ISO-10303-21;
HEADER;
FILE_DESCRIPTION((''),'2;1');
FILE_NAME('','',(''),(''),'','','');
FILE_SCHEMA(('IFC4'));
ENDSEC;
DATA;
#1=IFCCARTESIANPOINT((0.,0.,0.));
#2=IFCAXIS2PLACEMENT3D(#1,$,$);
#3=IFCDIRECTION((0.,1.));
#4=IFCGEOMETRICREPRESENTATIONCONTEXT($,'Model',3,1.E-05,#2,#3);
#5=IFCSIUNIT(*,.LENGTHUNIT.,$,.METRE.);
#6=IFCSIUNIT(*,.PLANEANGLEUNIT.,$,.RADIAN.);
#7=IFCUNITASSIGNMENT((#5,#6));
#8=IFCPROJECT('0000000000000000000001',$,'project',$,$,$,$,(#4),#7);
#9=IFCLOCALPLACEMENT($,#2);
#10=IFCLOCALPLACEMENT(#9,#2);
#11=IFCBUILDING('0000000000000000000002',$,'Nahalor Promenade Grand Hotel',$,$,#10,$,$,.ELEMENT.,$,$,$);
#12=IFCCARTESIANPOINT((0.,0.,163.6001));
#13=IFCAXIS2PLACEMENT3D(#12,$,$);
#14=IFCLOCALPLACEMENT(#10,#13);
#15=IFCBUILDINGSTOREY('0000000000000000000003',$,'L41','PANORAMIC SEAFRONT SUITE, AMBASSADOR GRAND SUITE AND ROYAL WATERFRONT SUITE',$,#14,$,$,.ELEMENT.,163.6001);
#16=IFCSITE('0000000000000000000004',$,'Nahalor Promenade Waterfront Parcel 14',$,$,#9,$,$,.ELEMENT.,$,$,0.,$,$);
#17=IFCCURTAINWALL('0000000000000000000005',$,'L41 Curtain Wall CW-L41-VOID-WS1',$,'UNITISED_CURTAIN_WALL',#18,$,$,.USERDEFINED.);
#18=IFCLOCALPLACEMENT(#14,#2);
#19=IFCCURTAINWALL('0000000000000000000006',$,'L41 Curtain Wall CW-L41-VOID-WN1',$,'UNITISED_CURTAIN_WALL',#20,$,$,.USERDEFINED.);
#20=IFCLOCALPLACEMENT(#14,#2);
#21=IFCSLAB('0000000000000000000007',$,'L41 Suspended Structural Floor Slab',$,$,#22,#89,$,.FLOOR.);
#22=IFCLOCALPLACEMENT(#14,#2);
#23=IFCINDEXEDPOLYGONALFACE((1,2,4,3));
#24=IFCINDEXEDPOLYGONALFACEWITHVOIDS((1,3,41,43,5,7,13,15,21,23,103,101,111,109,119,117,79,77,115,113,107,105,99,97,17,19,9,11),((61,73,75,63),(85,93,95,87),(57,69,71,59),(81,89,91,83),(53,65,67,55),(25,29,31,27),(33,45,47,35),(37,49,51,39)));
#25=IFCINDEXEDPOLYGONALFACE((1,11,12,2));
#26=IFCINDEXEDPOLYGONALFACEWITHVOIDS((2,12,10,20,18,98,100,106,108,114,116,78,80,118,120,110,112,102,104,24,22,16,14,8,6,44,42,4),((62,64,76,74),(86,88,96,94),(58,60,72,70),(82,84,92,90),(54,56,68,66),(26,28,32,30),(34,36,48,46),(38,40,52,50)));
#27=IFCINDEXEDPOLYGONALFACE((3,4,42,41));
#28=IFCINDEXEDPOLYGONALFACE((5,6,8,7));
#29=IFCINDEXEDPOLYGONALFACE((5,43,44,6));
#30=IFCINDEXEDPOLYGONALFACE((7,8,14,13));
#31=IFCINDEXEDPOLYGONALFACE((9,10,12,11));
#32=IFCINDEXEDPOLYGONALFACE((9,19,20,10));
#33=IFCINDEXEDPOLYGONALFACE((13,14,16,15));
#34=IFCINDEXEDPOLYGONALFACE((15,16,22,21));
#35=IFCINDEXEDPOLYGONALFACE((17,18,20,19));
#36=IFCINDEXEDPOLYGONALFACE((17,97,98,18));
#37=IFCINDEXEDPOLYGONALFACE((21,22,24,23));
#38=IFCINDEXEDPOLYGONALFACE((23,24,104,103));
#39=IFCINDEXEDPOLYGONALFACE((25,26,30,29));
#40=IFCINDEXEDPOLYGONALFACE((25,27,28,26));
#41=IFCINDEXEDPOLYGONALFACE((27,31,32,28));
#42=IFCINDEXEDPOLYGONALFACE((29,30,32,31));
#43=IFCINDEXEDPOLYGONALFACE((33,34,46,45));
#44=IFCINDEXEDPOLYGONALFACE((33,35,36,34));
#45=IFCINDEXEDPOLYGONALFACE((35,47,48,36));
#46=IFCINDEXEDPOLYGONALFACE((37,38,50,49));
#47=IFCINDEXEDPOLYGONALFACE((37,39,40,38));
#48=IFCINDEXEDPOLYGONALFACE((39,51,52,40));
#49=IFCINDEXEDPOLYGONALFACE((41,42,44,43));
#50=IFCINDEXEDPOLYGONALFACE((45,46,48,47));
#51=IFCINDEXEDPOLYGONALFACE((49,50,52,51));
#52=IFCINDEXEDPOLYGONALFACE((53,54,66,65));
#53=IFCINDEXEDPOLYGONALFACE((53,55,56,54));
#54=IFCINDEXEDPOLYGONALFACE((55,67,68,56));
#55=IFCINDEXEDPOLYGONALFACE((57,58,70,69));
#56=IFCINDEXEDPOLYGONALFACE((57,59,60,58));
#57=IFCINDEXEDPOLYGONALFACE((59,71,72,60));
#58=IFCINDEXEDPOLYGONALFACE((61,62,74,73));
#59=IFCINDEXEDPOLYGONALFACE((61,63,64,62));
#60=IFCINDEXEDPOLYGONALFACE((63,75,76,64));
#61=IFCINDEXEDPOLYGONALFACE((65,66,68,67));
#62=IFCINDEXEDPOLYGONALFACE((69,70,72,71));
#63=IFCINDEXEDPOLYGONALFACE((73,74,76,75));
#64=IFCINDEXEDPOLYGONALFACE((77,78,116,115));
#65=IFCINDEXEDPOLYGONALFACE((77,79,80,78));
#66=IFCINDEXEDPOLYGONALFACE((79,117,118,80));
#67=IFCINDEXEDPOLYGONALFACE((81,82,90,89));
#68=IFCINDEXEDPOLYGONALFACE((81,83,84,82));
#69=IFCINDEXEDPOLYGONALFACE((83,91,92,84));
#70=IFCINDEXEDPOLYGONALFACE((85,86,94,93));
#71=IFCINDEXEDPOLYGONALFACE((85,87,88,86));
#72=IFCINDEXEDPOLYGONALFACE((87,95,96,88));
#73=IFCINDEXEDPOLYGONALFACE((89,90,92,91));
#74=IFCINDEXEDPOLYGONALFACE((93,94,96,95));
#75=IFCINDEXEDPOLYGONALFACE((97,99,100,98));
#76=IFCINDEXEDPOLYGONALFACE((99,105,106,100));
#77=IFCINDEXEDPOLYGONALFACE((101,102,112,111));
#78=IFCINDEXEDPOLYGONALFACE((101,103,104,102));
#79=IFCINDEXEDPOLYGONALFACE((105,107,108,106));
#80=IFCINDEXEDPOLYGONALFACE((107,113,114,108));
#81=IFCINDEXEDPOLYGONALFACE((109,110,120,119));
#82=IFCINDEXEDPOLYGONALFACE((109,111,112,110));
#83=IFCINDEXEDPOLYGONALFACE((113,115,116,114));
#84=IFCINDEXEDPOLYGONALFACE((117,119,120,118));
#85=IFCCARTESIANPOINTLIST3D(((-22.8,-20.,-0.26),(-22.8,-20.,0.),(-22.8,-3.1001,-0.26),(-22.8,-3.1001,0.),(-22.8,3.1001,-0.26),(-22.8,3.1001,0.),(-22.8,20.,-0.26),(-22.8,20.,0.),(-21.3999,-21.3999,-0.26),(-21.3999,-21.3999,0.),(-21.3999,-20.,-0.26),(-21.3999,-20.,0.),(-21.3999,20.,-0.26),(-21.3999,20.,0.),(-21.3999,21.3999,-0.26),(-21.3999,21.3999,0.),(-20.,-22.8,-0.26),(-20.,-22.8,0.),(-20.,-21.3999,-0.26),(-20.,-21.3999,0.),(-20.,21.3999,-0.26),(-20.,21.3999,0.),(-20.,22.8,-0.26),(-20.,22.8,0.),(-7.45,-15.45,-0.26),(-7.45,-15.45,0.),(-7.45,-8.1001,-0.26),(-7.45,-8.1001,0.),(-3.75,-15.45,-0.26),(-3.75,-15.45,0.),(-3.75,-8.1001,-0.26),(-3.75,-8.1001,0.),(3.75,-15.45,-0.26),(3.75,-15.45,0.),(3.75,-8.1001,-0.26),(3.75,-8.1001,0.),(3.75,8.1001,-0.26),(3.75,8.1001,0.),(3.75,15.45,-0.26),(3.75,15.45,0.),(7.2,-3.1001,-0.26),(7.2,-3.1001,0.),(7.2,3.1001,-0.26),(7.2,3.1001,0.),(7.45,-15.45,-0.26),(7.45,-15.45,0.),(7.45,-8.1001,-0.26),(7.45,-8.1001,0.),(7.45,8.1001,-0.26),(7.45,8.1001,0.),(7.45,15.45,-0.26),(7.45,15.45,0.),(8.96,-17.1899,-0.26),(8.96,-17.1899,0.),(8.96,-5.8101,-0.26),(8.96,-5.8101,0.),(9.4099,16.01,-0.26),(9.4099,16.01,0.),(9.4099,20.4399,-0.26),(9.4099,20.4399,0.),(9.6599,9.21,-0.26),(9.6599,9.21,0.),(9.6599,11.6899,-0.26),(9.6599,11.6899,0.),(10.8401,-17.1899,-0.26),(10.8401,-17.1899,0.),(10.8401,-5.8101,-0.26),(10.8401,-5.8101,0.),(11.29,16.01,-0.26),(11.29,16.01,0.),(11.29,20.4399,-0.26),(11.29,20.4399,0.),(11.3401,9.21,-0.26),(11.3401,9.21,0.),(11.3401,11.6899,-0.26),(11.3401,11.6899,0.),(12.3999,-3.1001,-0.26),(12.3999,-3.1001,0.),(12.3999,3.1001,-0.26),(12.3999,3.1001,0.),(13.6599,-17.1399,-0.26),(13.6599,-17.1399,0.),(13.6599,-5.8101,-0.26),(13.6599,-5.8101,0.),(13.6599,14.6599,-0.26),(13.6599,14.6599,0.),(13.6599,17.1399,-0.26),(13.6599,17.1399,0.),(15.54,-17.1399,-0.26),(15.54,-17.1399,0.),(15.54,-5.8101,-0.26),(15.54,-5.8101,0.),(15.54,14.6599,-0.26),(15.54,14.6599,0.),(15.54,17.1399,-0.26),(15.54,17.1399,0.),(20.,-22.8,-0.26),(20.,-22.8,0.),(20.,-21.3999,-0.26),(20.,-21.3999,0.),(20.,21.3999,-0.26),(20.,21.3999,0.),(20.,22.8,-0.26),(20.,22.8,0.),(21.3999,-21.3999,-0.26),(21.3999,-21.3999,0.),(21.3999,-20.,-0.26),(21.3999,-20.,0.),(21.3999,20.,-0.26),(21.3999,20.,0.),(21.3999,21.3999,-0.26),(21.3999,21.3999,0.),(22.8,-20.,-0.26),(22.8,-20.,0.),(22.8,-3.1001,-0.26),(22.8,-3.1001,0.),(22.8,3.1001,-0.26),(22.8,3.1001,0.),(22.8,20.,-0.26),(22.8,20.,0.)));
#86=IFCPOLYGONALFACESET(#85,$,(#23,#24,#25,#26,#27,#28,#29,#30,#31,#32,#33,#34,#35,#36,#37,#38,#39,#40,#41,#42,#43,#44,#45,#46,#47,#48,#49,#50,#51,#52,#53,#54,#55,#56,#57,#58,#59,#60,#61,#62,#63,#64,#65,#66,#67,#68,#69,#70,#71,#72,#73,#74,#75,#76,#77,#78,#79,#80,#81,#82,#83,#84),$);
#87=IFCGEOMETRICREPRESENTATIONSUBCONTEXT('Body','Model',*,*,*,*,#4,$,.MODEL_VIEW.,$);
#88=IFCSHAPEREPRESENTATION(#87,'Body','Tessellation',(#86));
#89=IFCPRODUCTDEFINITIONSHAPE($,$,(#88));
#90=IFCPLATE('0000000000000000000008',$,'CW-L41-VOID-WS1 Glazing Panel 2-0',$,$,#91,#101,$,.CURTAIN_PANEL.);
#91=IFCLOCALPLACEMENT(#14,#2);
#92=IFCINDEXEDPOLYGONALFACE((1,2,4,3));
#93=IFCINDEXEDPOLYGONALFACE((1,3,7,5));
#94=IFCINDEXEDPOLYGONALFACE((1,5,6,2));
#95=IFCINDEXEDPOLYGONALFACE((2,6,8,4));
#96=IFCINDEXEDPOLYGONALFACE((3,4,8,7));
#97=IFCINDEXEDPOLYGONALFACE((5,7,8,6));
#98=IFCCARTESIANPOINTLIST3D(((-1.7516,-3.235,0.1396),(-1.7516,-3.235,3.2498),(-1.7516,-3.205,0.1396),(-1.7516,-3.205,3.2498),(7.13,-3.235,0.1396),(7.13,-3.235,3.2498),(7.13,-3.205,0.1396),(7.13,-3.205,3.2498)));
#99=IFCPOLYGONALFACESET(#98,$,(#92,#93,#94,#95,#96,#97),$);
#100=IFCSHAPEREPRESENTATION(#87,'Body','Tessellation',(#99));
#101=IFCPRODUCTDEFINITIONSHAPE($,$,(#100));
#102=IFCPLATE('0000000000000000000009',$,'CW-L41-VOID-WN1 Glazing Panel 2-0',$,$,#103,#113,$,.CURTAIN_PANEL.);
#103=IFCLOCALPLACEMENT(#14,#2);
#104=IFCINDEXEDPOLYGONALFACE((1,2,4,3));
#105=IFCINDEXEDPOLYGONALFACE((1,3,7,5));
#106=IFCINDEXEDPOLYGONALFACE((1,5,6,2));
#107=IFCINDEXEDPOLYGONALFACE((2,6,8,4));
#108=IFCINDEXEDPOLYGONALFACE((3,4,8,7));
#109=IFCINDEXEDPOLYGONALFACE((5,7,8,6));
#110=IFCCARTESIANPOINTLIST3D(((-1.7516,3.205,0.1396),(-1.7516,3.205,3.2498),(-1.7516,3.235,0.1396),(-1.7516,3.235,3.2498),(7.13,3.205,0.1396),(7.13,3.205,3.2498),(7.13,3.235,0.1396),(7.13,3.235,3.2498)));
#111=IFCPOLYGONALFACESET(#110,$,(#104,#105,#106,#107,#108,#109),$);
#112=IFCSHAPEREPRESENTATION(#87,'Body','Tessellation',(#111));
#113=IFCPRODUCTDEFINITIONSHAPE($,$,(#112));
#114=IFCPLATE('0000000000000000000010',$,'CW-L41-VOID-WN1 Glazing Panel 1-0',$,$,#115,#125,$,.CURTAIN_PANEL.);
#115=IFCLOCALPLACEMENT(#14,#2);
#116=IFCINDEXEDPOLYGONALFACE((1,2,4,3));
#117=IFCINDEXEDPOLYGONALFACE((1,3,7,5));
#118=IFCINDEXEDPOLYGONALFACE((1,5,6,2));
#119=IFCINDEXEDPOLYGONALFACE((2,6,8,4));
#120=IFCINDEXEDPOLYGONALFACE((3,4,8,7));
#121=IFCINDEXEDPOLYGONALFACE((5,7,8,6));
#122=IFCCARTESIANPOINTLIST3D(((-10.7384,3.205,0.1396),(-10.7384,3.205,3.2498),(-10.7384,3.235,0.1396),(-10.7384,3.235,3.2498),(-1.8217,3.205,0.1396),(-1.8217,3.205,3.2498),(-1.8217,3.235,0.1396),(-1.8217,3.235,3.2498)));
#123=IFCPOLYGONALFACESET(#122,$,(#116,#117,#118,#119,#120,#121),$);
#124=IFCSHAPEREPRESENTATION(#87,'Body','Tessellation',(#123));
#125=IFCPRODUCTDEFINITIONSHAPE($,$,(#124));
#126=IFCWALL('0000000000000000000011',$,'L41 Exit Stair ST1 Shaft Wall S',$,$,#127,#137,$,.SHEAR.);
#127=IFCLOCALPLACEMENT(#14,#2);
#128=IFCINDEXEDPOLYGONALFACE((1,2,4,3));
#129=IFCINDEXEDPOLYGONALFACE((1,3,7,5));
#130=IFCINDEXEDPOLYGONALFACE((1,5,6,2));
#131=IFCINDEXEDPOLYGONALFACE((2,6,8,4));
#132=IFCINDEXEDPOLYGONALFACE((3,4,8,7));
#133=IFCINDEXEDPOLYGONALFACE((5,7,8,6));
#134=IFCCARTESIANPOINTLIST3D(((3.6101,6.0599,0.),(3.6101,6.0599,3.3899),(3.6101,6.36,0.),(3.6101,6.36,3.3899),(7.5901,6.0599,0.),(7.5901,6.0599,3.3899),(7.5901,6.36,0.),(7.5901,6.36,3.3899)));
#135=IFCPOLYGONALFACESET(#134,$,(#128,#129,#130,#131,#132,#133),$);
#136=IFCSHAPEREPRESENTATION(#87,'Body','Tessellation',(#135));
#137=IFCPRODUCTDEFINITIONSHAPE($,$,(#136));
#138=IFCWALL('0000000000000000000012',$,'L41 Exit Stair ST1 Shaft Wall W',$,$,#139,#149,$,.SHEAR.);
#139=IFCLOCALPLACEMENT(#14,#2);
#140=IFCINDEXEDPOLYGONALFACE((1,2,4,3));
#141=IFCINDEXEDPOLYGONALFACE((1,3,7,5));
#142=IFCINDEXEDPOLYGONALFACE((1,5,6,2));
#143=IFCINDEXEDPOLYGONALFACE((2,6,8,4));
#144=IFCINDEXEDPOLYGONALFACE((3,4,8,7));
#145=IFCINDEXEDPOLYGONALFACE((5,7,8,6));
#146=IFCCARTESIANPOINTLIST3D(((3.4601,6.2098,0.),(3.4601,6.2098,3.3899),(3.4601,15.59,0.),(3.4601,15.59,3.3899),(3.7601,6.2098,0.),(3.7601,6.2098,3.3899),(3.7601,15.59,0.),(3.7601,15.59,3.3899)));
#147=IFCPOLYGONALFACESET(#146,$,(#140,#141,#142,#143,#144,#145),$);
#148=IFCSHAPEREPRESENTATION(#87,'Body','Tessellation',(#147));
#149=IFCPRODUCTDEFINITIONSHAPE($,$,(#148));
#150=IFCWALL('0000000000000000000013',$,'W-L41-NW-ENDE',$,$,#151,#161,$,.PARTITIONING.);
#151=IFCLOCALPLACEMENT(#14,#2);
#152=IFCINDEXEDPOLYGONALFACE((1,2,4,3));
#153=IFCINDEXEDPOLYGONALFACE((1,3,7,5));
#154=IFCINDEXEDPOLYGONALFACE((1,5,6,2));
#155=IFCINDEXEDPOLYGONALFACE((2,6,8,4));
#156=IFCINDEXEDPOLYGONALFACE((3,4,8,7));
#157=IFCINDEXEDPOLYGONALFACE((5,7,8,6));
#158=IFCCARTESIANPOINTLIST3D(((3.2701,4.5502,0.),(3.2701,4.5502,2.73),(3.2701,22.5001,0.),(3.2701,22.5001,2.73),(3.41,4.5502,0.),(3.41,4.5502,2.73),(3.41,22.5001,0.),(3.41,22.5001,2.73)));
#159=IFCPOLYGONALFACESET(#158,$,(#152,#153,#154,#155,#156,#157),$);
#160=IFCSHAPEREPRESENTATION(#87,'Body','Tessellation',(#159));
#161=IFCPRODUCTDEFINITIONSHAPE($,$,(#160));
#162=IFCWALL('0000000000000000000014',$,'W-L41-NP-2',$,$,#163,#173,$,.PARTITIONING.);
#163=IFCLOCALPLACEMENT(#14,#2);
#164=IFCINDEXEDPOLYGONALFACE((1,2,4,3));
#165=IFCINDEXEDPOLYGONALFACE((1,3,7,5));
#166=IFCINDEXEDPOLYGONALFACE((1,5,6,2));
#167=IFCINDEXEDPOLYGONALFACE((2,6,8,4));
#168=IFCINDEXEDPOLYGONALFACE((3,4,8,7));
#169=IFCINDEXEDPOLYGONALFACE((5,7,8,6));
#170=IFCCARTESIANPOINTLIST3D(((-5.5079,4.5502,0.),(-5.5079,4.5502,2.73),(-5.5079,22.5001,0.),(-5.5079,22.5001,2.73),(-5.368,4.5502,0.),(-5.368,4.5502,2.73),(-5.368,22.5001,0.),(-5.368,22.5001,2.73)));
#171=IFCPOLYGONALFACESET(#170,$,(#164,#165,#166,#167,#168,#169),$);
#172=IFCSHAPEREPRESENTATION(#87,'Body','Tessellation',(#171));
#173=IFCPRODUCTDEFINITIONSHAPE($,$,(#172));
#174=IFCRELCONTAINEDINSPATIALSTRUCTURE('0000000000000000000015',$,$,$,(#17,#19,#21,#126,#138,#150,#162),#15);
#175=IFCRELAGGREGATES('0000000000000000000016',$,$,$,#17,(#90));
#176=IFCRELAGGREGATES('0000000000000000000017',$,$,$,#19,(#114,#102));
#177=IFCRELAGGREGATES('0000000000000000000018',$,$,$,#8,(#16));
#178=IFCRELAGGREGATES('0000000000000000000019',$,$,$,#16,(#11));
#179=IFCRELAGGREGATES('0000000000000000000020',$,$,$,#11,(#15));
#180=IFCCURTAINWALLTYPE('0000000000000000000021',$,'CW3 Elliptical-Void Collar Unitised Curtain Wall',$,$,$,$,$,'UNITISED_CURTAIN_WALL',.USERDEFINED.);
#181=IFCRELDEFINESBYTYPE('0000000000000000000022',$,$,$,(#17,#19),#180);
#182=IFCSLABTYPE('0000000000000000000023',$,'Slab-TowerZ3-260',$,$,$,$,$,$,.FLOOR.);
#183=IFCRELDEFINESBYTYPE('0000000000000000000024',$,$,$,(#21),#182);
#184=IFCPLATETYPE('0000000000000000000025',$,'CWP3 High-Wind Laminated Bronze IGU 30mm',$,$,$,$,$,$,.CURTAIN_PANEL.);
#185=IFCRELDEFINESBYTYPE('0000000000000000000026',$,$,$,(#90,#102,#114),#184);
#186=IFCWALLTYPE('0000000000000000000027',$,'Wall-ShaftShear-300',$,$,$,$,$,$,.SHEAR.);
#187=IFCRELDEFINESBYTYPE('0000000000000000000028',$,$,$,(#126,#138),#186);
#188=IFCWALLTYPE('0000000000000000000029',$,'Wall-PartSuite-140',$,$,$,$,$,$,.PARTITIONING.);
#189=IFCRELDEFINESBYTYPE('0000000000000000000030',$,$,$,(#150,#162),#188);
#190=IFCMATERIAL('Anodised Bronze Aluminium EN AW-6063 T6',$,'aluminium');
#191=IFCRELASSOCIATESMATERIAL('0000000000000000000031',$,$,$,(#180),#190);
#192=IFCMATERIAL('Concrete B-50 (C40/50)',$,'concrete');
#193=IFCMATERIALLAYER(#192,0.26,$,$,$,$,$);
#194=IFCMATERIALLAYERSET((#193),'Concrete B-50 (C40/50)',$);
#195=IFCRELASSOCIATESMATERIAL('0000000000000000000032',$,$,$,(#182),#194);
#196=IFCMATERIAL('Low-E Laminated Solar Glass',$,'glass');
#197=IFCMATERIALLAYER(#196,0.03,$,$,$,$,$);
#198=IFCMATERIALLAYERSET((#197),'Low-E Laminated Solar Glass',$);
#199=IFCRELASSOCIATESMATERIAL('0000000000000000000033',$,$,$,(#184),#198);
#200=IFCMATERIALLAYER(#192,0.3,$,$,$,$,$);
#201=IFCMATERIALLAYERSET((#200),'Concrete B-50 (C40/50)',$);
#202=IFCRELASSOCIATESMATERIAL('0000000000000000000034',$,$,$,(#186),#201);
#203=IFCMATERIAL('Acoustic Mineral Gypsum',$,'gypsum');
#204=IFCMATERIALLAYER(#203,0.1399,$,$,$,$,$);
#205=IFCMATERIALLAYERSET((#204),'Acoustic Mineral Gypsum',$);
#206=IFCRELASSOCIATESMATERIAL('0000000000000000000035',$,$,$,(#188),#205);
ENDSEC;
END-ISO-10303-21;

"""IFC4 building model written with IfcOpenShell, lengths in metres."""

from ifc_helpers import new_model, si_unit, direction, frame, frame_2d, origin, origin_2d, place, context, subcontext, project, spatial, polyline, rectangle, outline, extrude, source, transform, mapped, material, layer, layer_set, type_object, element, aggregate, save


model = new_model("IFC4")

# Units and contexts
model_context = context("Model", 3, precision=1e-05, world=origin(), true_north=direction((0.0, 1.0)))
body_context = subcontext(model_context, "Body", "Model", "MODEL_VIEW")
ifc_project = project(units=[si_unit("LENGTHUNIT", "METRE"), si_unit("PLANEANGLEUNIT", "RADIAN")], contexts=[model_context])

# Site, building, storey
site_placement = place(None, origin())
site = spatial("IfcSite", under=ifc_project, at=site_placement, Name="Nahalor Promenade Waterfront Parcel 14", CompositionType="ELEMENT", RefElevation=0.0)
building_placement = place(site_placement, origin())
building = spatial("IfcBuilding", under=site, at=building_placement, Name="Nahalor Promenade Grand Hotel", CompositionType="ELEMENT")
storey_placement = place(building_placement, frame((0.0, 0.0, 163.6001)))
storey = spatial("IfcBuildingStorey", under=building, at=storey_placement, Name="L41", Description="PANORAMIC SEAFRONT SUITE, AMBASSADOR GRAND SUITE AND ROYAL WATERFRONT SUITE", CompositionType="ELEMENT", Elevation=163.6001)

# Curtain wall
ifc_material_1 = material(Name="Anodised Bronze Aluminium EN AW-6063 T6", Category="aluminium")
curtain_wall_type = type_object("IfcCurtainWallType", Name="CW3 Elliptical-Void Collar Unitised Curtain Wall", ElementType="UNITISED_CURTAIN_WALL", PredefinedType="USERDEFINED", material=ifc_material_1)
curtain_wall_1_placement = place(storey_placement, origin())
curtain_wall_1 = element("IfcCurtainWall", 1, at=curtain_wall_1_placement, inside=storey, type_object=curtain_wall_type, Name="L41 Curtain Wall CW-L41-VOID-WS1", ObjectType="UNITISED_CURTAIN_WALL", PredefinedType="USERDEFINED")

# Curtain wall
curtain_wall_2_placement = place(storey_placement, origin())
curtain_wall_2 = element("IfcCurtainWall", 2, at=curtain_wall_2_placement, inside=storey, type_object=curtain_wall_type, Name="L41 Curtain Wall CW-L41-VOID-WN1", ObjectType="UNITISED_CURTAIN_WALL", PredefinedType="USERDEFINED")

# Shared definitions
ifc_material_2 = material(Name="Concrete B-50 (C40/50)", Category="concrete")

# Slab
ifc_layer_1 = layer(ifc_material_2, 0.26)
ifc_layer_set_1 = layer_set([ifc_layer_1], Name="Concrete B-50 (C40/50)")
slab_type_1 = type_object("IfcSlabType", Name="Slab-TowerZ3-260", PredefinedType="FLOOR", material=ifc_layer_set_1)
slab_1_placement = place(storey_placement, frame((0.0, 0.0, -0.26)))
element("IfcSlab", 3, at=slab_1_placement, inside=storey, type_object=slab_type_1, Name="L41 Suspended Structural Floor Slab", PredefinedType="FLOOR", context=body_context, shape_type="SweptSolid", body=[
    extrude(outline(polyline([(-20.0, -22.8), (20.0, -22.8), (20.0, -21.3999), (21.3999, -21.3999), (21.3999, -20.0), (22.8, -20.0), (22.8, -3.1001), (12.3999, -3.1001), (12.3999, 3.1001), (22.8, 3.1001), (22.8, 20.0), (21.3999, 20.0), (21.3999, 21.3999), (20.0, 21.3999), (20.0, 22.8), (-20.0, 22.8), (-20.0, 21.3999), (-21.3999, 21.3999), (-21.3999, 20.0), (-22.8, 20.0), (-22.8, 3.1001), (7.2, 3.1001), (7.2, -3.1001), (-22.8, -3.1001), (-22.8, -20.0), (-21.3999, -20.0), (-21.3999, -21.3999), (-20.0, -21.3999), (-20.0, -22.8)]), holes=[polyline([(3.75, 8.1001), (7.45, 8.1001), (7.45, 15.45), (3.75, 15.45), (3.75, 8.1001)]), polyline([(3.75, -15.45), (7.45, -15.45), (7.45, -8.1001), (3.75, -8.1001), (3.75, -15.45)]), polyline([(-7.45, -15.45), (-3.75, -15.45), (-3.75, -8.1001), (-7.45, -8.1001), (-7.45, -15.45)]), polyline([(13.6599, -17.1399), (15.54, -17.1399), (15.54, -5.8101), (13.6599, -5.8101), (13.6599, -17.1399)]), polyline([(8.96, -17.1899), (10.8401, -17.1899), (10.8401, -5.8101), (8.96, -5.8101), (8.96, -17.1899)]), polyline([(9.4099, 16.01), (11.29, 16.01), (11.29, 20.4399), (9.4099, 20.4399), (9.4099, 16.01)]), polyline([(9.6599, 9.21), (11.3401, 9.21), (11.3401, 11.6899), (9.6599, 11.6899), (9.6599, 9.21)]), polyline([(13.6599, 14.6599), (15.54, 14.6599), (15.54, 17.1399), (13.6599, 17.1399), (13.6599, 14.6599)])]), origin(), (0.0, 0.0, 1.0), 0.26),
])

# Plates
ifc_material_3 = material(Name="Low-E Laminated Solar Glass", Category="glass")
ifc_layer_2 = layer(ifc_material_3, 0.03)
ifc_layer_set_2 = layer_set([ifc_layer_2], Name="Low-E Laminated Solar Glass")
plate_type = type_object("IfcPlateType", Name="CWP3 High-Wind Laminated Bronze IGU 30mm", PredefinedType="CURTAIN_PANEL", material=ifc_layer_set_2)
shared_shape_1 = source(origin(), body_context, "Body", "SweptSolid", [
    extrude(rectangle(XDim=8.8816, YDim=0.03, at=origin_2d()), origin(), (0.0, 0.0, 1.0), 3.1101),
])
plate_1_placement = place(storey_placement, frame((2.6892, -3.22, 0.1396), z_axis=(0.0, 0.0, 1.0), x_axis=(1.0, 0.0, 0.0)))
plate_1 = element("IfcPlate", 4, at=plate_1_placement, type_object=plate_type, Name="CW-L41-VOID-WS1 Glazing Panel 2-0", PredefinedType="CURTAIN_PANEL", context=body_context, shape_type="MappedRepresentation", body=[
    mapped(shared_shape_1, transform((0.0, 0.0, 0.0), scale=1.0)),
])
aggregate(curtain_wall_1, [plate_1])
plate_2_placement = place(storey_placement, frame((2.6892, 3.22, 0.1396), z_axis=(0.0, 0.0, 1.0), x_axis=(1.0, 0.0, 0.0)))
plate_2 = element("IfcPlate", 5, at=plate_2_placement, type_object=plate_type, Name="CW-L41-VOID-WN1 Glazing Panel 2-0", PredefinedType="CURTAIN_PANEL", context=body_context, shape_type="MappedRepresentation", body=[
    mapped(shared_shape_1, transform((0.0, 0.0, 0.0), scale=1.0)),
])
shared_shape_2 = source(origin(), body_context, "Body", "SweptSolid", [
    extrude(rectangle(XDim=8.9167, YDim=0.03, at=origin_2d()), origin(), (0.0, 0.0, 1.0), 3.1101),
])
plate_3_placement = place(storey_placement, frame((-6.28, 3.22, 0.1396), z_axis=(0.0, 0.0, 1.0), x_axis=(1.0, 0.0, 0.0)))
plate_3 = element("IfcPlate", 6, at=plate_3_placement, type_object=plate_type, Name="CW-L41-VOID-WN1 Glazing Panel 1-0", PredefinedType="CURTAIN_PANEL", context=body_context, shape_type="MappedRepresentation", body=[
    mapped(shared_shape_2, transform((0.0, 0.0, 0.0), scale=1.0)),
])
aggregate(curtain_wall_2, [plate_3, plate_2])

# Walls
ifc_layer_3 = layer(ifc_material_2, 0.3)
ifc_layer_set_3 = layer_set([ifc_layer_3], Name="Concrete B-50 (C40/50)")
wall_type_1 = type_object("IfcWallType", Name="Wall-ShaftShear-300", PredefinedType="SHEAR", material=ifc_layer_set_3)
shared_shape_3 = source(origin(), body_context, "Body", "SweptSolid", [
    extrude(rectangle(XDim=3.98, YDim=0.3, at=frame_2d((1.99, 0.0))), origin(), (0.0, 0.0, 1.0), 3.3899),
])
wall_1_placement = place(storey_placement, frame((3.6101, 6.21, 0.0), z_axis=(0.0, 0.0, 1.0), x_axis=(1.0, 0.0, 0.0)))
element("IfcWall", 7, at=wall_1_placement, inside=storey, type_object=wall_type_1, Name="L41 Exit Stair ST1 Shaft Wall S", PredefinedType="SHEAR", context=body_context, shape_type="MappedRepresentation", body=[
    mapped(shared_shape_3, transform((0.0, 0.0, 0.0), scale=1.0)),
])
shared_shape_4 = source(origin(), body_context, "Body", "SweptSolid", [
    extrude(rectangle(XDim=9.3801, YDim=0.3, at=frame_2d((4.6899, 0.0))), origin(), (0.0, 0.0, 1.0), 3.3899),
])
wall_2_placement = place(storey_placement, frame((3.6101, 6.21, 0.0), z_axis=(0.0, 0.0, 1.0), x_axis=(0.0, 1.0, 0.0)))
element("IfcWall", 8, at=wall_2_placement, inside=storey, type_object=wall_type_1, Name="L41 Exit Stair ST1 Shaft Wall W", PredefinedType="SHEAR", context=body_context, shape_type="MappedRepresentation", body=[
    mapped(shared_shape_4, transform((0.0, 0.0, 0.0), scale=1.0)),
])
ifc_material_4 = material(Name="Acoustic Mineral Gypsum", Category="gypsum")
ifc_layer_4 = layer(ifc_material_4, 0.1399)
ifc_layer_set_4 = layer_set([ifc_layer_4], Name="Acoustic Mineral Gypsum")
wall_type_2 = type_object("IfcWallType", Name="Wall-PartSuite-140", PredefinedType="PARTITIONING", material=ifc_layer_set_4)
shared_shape_5 = source(origin(), body_context, "Body", "SweptSolid", [
    extrude(rectangle(XDim=17.95, YDim=0.1399, at=frame_2d((8.9751, 0.0))), origin(), (0.0, 0.0, 1.0), 2.73),
])
for number, where, z_axis, x_axis, name in (
    (9, (3.3401, 4.55, 0.0), (0.0, 0.0, 1.0), (0.0, 1.0, 0.0), "W-L41-NW-ENDE"),
    (10, (-5.438, 4.55, 0.0), (0.0, 0.0, 1.0), (0.0, 1.0, 0.0), "W-L41-NP-2"),
):
    element("IfcWall", number, at=place(storey_placement, frame(where, z_axis=z_axis, x_axis=x_axis)), inside=storey, type_object=wall_type_2, Name=name, PredefinedType="PARTITIONING", context=body_context, shape_type="MappedRepresentation", body=[
        mapped(shared_shape_5, transform((0.0, 0.0, 0.0), scale=1.0)),
    ])

save(model, "model.ifc")
